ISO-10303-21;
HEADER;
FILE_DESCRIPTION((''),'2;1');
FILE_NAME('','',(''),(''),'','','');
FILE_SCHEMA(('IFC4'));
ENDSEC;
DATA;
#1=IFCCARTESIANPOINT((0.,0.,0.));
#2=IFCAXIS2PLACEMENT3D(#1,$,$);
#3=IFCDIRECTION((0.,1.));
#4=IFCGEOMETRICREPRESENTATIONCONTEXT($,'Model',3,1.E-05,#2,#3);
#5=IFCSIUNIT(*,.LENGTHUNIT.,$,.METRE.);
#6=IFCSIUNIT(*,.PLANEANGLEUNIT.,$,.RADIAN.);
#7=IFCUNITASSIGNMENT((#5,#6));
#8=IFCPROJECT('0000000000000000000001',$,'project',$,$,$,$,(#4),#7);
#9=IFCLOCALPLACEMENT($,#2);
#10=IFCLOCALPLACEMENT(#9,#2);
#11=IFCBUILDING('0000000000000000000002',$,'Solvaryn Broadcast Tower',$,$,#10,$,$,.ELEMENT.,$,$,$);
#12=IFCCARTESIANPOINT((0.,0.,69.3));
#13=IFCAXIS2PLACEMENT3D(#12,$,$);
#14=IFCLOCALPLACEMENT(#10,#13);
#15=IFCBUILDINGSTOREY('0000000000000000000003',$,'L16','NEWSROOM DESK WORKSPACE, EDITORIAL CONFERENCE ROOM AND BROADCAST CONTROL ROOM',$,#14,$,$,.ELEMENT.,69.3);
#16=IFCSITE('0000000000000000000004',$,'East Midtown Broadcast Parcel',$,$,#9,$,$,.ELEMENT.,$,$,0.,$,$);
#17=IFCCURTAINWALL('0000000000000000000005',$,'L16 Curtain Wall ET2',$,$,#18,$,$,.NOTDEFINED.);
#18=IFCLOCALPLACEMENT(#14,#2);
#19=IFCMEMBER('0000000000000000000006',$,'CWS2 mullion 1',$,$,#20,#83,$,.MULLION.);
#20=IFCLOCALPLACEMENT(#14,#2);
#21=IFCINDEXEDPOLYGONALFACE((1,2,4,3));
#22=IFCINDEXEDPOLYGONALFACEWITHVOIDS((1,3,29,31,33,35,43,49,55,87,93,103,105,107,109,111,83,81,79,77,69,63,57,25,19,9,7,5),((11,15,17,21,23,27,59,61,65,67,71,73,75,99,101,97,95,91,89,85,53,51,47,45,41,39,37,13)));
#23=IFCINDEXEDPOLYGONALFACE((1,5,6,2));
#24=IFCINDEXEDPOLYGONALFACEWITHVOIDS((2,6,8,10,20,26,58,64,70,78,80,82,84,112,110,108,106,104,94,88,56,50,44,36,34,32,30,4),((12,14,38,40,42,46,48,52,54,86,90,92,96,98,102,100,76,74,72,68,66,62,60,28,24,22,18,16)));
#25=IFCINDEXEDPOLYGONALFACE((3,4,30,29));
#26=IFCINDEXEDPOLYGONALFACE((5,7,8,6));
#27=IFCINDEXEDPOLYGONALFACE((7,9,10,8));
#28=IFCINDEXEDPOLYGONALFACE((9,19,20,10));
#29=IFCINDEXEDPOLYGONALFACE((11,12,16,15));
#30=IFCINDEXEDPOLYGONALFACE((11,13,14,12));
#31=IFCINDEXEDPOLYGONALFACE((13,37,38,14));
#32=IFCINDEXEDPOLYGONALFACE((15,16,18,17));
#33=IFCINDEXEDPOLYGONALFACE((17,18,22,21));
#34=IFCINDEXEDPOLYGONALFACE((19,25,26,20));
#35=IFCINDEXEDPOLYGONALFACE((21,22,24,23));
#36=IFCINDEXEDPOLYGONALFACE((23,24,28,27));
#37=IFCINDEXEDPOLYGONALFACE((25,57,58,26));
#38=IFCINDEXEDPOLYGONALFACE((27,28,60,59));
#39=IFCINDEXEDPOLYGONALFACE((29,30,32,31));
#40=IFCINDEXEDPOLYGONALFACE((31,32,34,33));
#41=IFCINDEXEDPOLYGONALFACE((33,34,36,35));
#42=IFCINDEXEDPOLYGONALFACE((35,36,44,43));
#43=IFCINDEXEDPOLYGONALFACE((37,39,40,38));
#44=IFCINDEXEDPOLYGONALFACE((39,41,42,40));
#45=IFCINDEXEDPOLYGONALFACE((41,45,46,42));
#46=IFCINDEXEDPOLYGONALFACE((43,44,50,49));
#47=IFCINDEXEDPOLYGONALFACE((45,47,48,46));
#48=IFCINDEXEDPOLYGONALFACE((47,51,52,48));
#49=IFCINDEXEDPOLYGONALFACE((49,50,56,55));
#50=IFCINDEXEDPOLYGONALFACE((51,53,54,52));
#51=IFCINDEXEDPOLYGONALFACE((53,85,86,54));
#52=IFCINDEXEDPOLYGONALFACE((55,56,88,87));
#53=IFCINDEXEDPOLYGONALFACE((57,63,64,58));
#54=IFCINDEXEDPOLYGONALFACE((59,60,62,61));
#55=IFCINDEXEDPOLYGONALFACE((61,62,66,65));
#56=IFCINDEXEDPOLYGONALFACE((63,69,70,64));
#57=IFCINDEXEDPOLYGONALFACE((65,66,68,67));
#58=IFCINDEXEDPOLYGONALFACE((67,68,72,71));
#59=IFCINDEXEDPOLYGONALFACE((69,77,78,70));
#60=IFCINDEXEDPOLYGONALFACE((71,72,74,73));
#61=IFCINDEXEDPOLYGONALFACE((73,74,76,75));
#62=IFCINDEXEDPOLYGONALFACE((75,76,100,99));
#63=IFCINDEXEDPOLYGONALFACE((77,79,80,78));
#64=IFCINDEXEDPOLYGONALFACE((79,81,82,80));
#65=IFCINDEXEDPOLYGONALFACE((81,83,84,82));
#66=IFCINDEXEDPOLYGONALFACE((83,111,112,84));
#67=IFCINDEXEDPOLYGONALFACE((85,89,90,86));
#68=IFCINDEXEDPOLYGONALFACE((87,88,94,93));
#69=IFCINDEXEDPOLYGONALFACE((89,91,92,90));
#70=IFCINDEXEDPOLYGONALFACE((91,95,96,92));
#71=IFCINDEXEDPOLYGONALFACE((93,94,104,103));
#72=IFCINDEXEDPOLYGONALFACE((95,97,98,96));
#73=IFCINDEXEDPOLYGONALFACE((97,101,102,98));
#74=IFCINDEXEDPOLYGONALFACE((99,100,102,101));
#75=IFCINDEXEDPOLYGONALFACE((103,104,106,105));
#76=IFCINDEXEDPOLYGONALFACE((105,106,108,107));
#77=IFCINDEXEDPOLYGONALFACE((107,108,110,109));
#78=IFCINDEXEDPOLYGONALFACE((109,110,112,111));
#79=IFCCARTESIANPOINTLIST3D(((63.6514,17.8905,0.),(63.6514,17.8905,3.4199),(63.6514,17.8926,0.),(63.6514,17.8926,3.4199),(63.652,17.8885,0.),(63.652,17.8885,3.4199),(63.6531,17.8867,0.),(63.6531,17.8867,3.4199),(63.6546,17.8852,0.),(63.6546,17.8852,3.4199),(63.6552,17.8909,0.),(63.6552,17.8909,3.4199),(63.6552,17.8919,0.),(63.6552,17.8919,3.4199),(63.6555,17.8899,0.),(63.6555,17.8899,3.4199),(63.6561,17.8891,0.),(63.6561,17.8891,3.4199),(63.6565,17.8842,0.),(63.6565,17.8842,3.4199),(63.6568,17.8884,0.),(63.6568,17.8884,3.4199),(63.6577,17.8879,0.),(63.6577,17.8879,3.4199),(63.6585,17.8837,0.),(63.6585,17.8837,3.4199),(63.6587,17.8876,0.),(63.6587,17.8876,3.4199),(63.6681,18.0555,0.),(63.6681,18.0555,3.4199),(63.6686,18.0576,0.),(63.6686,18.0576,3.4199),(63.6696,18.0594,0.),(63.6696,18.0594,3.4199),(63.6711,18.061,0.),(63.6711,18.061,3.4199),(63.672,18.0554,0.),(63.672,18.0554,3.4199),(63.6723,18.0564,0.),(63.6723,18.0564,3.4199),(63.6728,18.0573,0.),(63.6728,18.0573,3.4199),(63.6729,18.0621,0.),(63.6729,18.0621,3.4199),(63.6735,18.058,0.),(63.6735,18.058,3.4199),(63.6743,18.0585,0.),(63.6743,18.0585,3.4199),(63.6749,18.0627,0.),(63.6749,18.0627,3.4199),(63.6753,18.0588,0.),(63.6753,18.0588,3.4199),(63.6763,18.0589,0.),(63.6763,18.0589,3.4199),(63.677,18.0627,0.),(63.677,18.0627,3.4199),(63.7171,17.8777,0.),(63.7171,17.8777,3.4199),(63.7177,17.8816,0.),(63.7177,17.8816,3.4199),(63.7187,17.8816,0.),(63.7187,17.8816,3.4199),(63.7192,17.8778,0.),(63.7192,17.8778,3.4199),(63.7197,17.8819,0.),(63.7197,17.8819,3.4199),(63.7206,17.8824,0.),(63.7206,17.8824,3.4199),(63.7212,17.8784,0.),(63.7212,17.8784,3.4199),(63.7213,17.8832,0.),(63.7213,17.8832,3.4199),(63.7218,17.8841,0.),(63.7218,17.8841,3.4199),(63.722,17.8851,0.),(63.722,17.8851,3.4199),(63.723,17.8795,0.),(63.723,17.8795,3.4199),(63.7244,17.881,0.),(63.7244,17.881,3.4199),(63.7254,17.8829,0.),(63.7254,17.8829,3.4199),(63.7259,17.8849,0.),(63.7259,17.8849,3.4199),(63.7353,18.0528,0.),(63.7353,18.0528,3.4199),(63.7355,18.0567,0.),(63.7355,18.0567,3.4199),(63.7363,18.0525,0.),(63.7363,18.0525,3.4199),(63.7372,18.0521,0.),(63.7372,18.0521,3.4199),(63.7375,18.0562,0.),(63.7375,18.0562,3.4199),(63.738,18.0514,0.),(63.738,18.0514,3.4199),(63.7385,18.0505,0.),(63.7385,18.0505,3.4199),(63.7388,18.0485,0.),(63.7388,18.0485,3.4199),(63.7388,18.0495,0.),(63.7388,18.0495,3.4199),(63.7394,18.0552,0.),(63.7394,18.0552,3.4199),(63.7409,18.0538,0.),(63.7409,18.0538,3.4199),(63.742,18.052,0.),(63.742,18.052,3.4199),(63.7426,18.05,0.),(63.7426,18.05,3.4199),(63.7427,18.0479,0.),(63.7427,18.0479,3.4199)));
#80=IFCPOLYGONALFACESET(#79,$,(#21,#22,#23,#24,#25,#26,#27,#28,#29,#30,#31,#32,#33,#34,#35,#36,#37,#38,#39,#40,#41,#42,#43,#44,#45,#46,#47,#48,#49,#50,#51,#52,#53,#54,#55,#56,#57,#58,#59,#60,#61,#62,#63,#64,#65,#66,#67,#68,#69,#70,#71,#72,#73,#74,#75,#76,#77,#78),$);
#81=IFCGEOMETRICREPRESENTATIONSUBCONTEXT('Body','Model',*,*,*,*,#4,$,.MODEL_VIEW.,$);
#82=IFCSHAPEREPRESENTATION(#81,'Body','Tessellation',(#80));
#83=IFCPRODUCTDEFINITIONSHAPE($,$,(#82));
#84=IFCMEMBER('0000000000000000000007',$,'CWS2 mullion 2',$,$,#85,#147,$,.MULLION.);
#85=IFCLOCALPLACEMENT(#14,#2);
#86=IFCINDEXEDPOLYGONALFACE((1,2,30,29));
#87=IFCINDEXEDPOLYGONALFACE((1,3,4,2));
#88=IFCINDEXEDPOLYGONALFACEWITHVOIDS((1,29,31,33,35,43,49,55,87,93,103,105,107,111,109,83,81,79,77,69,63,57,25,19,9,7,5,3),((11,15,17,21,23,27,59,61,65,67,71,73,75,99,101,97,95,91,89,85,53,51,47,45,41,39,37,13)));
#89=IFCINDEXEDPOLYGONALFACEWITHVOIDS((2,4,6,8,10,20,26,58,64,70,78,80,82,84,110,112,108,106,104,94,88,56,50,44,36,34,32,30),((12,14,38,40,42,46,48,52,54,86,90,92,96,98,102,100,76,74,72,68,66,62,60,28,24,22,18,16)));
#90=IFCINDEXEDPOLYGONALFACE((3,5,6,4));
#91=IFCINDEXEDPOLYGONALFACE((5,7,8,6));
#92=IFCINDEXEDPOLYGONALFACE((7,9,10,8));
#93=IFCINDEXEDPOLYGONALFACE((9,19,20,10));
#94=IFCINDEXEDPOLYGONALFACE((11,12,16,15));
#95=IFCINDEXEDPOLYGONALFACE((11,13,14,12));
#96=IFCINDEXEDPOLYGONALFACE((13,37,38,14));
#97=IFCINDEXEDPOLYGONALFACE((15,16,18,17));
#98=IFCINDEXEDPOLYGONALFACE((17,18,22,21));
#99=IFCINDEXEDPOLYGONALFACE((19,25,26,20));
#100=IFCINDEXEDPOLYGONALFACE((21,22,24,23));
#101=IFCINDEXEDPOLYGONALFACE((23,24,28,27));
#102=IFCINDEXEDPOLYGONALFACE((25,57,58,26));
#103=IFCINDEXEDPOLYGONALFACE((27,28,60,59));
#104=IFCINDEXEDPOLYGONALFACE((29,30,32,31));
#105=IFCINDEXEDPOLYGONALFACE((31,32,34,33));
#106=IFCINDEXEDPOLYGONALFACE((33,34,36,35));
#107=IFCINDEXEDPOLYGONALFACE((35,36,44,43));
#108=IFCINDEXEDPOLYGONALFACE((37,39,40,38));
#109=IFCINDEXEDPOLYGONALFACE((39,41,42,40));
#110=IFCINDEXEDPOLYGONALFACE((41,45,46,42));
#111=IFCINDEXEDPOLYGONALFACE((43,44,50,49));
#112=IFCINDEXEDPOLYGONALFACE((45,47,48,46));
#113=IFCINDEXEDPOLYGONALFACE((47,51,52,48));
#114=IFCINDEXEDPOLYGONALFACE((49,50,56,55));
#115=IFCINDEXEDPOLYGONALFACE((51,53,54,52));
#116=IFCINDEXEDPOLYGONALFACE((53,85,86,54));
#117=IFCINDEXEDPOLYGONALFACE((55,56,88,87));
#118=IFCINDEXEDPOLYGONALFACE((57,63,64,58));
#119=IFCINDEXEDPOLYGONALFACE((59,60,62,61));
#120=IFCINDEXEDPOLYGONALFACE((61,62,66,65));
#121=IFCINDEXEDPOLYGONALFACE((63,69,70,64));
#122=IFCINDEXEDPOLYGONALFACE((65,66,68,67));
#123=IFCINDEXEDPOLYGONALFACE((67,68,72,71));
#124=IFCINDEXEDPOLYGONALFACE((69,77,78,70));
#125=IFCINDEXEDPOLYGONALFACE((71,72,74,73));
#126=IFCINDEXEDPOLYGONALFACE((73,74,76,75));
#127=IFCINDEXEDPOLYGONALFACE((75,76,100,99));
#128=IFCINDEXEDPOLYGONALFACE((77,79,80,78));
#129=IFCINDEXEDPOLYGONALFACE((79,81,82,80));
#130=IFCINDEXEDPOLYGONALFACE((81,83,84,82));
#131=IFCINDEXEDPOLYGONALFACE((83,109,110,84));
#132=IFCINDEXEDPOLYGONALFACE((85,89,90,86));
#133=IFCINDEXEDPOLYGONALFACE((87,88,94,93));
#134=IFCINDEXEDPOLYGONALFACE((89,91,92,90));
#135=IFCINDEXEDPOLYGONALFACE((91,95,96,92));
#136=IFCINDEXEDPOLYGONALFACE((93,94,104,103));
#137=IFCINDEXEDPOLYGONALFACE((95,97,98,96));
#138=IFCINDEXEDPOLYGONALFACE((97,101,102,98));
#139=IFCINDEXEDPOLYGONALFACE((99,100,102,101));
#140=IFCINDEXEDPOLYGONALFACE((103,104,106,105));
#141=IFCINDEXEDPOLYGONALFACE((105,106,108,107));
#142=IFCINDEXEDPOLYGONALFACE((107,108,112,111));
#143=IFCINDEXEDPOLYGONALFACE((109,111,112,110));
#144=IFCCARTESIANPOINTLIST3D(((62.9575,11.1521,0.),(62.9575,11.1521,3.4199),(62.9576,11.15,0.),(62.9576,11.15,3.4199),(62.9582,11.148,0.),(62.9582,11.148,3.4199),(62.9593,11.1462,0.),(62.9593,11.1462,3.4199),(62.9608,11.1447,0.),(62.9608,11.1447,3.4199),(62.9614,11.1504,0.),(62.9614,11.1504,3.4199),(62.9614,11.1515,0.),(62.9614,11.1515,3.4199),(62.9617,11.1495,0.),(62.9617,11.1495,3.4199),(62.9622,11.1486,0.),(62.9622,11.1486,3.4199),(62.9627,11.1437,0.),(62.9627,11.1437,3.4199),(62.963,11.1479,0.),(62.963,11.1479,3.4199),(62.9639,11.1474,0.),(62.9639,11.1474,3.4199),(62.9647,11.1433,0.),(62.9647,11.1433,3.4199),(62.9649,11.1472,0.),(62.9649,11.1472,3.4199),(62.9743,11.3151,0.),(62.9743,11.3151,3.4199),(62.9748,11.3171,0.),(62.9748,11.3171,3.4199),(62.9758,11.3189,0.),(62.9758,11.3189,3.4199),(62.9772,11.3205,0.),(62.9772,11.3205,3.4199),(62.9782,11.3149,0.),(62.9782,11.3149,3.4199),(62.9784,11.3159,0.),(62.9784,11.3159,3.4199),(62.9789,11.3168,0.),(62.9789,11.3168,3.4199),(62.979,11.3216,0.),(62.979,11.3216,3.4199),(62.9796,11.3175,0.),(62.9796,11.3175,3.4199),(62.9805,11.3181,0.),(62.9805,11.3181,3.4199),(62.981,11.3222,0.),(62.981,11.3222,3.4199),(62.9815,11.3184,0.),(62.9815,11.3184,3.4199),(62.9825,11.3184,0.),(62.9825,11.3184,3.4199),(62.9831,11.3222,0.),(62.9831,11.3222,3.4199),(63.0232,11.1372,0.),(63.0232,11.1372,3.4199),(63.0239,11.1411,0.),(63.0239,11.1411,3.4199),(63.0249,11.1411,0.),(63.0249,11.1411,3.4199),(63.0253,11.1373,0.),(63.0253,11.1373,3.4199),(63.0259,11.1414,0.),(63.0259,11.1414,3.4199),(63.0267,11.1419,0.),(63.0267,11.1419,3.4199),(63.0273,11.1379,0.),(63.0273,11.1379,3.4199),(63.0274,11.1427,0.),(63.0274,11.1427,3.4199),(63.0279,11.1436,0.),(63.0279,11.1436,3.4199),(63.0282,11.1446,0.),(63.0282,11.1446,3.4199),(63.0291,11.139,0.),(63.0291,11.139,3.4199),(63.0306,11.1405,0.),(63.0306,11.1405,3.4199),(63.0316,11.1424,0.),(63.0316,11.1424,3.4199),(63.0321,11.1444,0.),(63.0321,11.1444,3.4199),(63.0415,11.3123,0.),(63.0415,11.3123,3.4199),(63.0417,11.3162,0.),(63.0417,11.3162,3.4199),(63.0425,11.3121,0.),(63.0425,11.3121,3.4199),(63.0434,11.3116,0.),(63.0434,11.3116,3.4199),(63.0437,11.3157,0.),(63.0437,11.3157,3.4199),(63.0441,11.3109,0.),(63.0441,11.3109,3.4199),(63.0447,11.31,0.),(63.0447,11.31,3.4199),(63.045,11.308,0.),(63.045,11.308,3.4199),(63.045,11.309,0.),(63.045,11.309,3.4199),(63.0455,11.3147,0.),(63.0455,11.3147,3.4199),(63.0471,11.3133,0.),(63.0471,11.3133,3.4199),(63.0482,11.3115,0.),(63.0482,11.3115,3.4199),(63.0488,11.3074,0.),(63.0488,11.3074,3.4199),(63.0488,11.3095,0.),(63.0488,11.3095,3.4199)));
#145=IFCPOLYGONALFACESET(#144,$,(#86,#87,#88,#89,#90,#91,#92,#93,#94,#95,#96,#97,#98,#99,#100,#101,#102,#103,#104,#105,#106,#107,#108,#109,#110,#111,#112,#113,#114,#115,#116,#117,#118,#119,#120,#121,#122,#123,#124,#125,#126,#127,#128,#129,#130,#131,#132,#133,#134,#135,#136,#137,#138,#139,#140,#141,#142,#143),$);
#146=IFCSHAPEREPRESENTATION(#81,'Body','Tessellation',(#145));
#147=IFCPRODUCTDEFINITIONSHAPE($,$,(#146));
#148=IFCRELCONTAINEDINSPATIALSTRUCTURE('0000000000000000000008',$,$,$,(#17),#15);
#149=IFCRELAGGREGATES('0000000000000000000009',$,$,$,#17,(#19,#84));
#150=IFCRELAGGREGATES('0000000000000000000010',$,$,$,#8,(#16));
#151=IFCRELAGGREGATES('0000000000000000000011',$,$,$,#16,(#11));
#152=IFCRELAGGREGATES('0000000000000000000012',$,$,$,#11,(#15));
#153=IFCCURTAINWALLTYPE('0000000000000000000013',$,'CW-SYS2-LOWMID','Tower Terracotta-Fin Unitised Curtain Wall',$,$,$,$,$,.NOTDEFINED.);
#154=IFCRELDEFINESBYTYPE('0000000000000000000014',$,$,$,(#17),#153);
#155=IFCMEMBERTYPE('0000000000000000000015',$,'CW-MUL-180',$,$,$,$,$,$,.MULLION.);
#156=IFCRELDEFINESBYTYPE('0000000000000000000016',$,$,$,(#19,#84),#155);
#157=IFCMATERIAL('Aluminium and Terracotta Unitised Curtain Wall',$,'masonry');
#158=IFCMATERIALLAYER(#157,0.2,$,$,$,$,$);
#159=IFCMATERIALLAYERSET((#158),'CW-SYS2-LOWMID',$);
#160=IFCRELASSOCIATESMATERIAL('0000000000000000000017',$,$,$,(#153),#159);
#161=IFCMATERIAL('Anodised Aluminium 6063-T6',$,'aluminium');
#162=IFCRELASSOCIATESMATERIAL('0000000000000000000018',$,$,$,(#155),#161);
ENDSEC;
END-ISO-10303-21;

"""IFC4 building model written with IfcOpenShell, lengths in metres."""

from ifc_helpers import new_model, si_unit, direction, frame, origin, origin_2d, place, context, subcontext, project, spatial, hollow_rectangle, extrude, material, layer, layer_set, material_profile, profile_set, type_object, element, aggregate, save


model = new_model("IFC4")

# Units and contexts
model_context = context("Model", 3, precision=1e-05, world=origin(), true_north=direction((0.0, 1.0)))
body_context = subcontext(model_context, "Body", "Model", "MODEL_VIEW")
ifc_project = project(units=[si_unit("LENGTHUNIT", "METRE"), si_unit("PLANEANGLEUNIT", "RADIAN")], contexts=[model_context])

# Site, building, storey
site_placement = place(None, origin())
site = spatial("IfcSite", under=ifc_project, at=site_placement, Name="East Midtown Broadcast Parcel", CompositionType="ELEMENT", RefElevation=0.0)
building_placement = place(site_placement, origin())
building = spatial("IfcBuilding", under=site, at=building_placement, Name="Solvaryn Broadcast Tower", CompositionType="ELEMENT")
storey_placement = place(building_placement, frame((0.0, 0.0, 69.3)))
storey = spatial("IfcBuildingStorey", under=building, at=storey_placement, Name="L16", Description="NEWSROOM DESK WORKSPACE, EDITORIAL CONFERENCE ROOM AND BROADCAST CONTROL ROOM", CompositionType="ELEMENT", Elevation=69.3)

# Shared definitions
ifc_material_1 = material(Name="Aluminium and Terracotta Unitised Curtain Wall", Category="masonry")
ifc_layer_1 = layer(ifc_material_1, 0.2)
ifc_layer_set_1 = layer_set([ifc_layer_1], Name="CW-SYS2-LOWMID")
curtain_wall_type = type_object("IfcCurtainWallType", Name="CW-SYS2-LOWMID", Description="Tower Terracotta-Fin Unitised Curtain Wall", PredefinedType="NOTDEFINED", material=ifc_layer_set_1)
ifc_material_2 = material(Name="Anodised Aluminium 6063-T6", Category="aluminium")
ifc_material_profile_1 = material_profile(ifc_material_2, hollow_rectangle(XDim=0.075, YDim=0.1799, WallThickness=0.0039, InnerFilletRadius=0.0039, OuterFilletRadius=0.0081, at=origin_2d()))
ifc_profile_set_1 = profile_set([ifc_material_profile_1], Name="Anodised Aluminium 6063-T6")
member_type_1 = type_object("IfcMemberType", Name="CW-MUL-180", PredefinedType="MULLION", material=ifc_profile_set_1)

# Curtain wall, members
curtain_wall_1_placement = place(storey_placement, origin())
curtain_wall_1 = element("IfcCurtainWall", 1, at=curtain_wall_1_placement, inside=storey, type_object=curtain_wall_type, Name="L16 Curtain Wall ET2", PredefinedType="NOTDEFINED")
member_1_placement = place(storey_placement, frame((63.697, 17.9702, 0.0), z_axis=(0.0, 0.0, 1.0), x_axis=(0.994743, -0.1024, 0.0)))
member_1 = element("IfcMember", 2, at=member_1_placement, type_object=member_type_1, Name="CWS2 mullion 1", PredefinedType="MULLION", context=body_context, shape_type="SweptSolid", body=[
    extrude(hollow_rectangle(XDim=0.075, YDim=0.1799, WallThickness=0.0039, InnerFilletRadius=0.0039, OuterFilletRadius=0.0081, at=origin_2d()), origin(), (0.0, 0.0, 1.0), 3.4199),
])
member_2_placement = place(storey_placement, frame((63.0032, 11.2297, 0.0), z_axis=(0.0, 0.0, 1.0), x_axis=(0.994743, -0.1024, 0.0)))
member_2 = element("IfcMember", 3, at=member_2_placement, type_object=member_type_1, Name="CWS2 mullion 2", PredefinedType="MULLION", context=body_context, shape_type="SweptSolid", body=[
    extrude(hollow_rectangle(XDim=0.075, YDim=0.1799, WallThickness=0.0039, InnerFilletRadius=0.0039, OuterFilletRadius=0.0081, at=origin_2d()), origin(), (0.0, 0.0, 1.0), 3.4199),
])
aggregate(curtain_wall_1, [member_1, member_2])

save(model, "model.ifc")
